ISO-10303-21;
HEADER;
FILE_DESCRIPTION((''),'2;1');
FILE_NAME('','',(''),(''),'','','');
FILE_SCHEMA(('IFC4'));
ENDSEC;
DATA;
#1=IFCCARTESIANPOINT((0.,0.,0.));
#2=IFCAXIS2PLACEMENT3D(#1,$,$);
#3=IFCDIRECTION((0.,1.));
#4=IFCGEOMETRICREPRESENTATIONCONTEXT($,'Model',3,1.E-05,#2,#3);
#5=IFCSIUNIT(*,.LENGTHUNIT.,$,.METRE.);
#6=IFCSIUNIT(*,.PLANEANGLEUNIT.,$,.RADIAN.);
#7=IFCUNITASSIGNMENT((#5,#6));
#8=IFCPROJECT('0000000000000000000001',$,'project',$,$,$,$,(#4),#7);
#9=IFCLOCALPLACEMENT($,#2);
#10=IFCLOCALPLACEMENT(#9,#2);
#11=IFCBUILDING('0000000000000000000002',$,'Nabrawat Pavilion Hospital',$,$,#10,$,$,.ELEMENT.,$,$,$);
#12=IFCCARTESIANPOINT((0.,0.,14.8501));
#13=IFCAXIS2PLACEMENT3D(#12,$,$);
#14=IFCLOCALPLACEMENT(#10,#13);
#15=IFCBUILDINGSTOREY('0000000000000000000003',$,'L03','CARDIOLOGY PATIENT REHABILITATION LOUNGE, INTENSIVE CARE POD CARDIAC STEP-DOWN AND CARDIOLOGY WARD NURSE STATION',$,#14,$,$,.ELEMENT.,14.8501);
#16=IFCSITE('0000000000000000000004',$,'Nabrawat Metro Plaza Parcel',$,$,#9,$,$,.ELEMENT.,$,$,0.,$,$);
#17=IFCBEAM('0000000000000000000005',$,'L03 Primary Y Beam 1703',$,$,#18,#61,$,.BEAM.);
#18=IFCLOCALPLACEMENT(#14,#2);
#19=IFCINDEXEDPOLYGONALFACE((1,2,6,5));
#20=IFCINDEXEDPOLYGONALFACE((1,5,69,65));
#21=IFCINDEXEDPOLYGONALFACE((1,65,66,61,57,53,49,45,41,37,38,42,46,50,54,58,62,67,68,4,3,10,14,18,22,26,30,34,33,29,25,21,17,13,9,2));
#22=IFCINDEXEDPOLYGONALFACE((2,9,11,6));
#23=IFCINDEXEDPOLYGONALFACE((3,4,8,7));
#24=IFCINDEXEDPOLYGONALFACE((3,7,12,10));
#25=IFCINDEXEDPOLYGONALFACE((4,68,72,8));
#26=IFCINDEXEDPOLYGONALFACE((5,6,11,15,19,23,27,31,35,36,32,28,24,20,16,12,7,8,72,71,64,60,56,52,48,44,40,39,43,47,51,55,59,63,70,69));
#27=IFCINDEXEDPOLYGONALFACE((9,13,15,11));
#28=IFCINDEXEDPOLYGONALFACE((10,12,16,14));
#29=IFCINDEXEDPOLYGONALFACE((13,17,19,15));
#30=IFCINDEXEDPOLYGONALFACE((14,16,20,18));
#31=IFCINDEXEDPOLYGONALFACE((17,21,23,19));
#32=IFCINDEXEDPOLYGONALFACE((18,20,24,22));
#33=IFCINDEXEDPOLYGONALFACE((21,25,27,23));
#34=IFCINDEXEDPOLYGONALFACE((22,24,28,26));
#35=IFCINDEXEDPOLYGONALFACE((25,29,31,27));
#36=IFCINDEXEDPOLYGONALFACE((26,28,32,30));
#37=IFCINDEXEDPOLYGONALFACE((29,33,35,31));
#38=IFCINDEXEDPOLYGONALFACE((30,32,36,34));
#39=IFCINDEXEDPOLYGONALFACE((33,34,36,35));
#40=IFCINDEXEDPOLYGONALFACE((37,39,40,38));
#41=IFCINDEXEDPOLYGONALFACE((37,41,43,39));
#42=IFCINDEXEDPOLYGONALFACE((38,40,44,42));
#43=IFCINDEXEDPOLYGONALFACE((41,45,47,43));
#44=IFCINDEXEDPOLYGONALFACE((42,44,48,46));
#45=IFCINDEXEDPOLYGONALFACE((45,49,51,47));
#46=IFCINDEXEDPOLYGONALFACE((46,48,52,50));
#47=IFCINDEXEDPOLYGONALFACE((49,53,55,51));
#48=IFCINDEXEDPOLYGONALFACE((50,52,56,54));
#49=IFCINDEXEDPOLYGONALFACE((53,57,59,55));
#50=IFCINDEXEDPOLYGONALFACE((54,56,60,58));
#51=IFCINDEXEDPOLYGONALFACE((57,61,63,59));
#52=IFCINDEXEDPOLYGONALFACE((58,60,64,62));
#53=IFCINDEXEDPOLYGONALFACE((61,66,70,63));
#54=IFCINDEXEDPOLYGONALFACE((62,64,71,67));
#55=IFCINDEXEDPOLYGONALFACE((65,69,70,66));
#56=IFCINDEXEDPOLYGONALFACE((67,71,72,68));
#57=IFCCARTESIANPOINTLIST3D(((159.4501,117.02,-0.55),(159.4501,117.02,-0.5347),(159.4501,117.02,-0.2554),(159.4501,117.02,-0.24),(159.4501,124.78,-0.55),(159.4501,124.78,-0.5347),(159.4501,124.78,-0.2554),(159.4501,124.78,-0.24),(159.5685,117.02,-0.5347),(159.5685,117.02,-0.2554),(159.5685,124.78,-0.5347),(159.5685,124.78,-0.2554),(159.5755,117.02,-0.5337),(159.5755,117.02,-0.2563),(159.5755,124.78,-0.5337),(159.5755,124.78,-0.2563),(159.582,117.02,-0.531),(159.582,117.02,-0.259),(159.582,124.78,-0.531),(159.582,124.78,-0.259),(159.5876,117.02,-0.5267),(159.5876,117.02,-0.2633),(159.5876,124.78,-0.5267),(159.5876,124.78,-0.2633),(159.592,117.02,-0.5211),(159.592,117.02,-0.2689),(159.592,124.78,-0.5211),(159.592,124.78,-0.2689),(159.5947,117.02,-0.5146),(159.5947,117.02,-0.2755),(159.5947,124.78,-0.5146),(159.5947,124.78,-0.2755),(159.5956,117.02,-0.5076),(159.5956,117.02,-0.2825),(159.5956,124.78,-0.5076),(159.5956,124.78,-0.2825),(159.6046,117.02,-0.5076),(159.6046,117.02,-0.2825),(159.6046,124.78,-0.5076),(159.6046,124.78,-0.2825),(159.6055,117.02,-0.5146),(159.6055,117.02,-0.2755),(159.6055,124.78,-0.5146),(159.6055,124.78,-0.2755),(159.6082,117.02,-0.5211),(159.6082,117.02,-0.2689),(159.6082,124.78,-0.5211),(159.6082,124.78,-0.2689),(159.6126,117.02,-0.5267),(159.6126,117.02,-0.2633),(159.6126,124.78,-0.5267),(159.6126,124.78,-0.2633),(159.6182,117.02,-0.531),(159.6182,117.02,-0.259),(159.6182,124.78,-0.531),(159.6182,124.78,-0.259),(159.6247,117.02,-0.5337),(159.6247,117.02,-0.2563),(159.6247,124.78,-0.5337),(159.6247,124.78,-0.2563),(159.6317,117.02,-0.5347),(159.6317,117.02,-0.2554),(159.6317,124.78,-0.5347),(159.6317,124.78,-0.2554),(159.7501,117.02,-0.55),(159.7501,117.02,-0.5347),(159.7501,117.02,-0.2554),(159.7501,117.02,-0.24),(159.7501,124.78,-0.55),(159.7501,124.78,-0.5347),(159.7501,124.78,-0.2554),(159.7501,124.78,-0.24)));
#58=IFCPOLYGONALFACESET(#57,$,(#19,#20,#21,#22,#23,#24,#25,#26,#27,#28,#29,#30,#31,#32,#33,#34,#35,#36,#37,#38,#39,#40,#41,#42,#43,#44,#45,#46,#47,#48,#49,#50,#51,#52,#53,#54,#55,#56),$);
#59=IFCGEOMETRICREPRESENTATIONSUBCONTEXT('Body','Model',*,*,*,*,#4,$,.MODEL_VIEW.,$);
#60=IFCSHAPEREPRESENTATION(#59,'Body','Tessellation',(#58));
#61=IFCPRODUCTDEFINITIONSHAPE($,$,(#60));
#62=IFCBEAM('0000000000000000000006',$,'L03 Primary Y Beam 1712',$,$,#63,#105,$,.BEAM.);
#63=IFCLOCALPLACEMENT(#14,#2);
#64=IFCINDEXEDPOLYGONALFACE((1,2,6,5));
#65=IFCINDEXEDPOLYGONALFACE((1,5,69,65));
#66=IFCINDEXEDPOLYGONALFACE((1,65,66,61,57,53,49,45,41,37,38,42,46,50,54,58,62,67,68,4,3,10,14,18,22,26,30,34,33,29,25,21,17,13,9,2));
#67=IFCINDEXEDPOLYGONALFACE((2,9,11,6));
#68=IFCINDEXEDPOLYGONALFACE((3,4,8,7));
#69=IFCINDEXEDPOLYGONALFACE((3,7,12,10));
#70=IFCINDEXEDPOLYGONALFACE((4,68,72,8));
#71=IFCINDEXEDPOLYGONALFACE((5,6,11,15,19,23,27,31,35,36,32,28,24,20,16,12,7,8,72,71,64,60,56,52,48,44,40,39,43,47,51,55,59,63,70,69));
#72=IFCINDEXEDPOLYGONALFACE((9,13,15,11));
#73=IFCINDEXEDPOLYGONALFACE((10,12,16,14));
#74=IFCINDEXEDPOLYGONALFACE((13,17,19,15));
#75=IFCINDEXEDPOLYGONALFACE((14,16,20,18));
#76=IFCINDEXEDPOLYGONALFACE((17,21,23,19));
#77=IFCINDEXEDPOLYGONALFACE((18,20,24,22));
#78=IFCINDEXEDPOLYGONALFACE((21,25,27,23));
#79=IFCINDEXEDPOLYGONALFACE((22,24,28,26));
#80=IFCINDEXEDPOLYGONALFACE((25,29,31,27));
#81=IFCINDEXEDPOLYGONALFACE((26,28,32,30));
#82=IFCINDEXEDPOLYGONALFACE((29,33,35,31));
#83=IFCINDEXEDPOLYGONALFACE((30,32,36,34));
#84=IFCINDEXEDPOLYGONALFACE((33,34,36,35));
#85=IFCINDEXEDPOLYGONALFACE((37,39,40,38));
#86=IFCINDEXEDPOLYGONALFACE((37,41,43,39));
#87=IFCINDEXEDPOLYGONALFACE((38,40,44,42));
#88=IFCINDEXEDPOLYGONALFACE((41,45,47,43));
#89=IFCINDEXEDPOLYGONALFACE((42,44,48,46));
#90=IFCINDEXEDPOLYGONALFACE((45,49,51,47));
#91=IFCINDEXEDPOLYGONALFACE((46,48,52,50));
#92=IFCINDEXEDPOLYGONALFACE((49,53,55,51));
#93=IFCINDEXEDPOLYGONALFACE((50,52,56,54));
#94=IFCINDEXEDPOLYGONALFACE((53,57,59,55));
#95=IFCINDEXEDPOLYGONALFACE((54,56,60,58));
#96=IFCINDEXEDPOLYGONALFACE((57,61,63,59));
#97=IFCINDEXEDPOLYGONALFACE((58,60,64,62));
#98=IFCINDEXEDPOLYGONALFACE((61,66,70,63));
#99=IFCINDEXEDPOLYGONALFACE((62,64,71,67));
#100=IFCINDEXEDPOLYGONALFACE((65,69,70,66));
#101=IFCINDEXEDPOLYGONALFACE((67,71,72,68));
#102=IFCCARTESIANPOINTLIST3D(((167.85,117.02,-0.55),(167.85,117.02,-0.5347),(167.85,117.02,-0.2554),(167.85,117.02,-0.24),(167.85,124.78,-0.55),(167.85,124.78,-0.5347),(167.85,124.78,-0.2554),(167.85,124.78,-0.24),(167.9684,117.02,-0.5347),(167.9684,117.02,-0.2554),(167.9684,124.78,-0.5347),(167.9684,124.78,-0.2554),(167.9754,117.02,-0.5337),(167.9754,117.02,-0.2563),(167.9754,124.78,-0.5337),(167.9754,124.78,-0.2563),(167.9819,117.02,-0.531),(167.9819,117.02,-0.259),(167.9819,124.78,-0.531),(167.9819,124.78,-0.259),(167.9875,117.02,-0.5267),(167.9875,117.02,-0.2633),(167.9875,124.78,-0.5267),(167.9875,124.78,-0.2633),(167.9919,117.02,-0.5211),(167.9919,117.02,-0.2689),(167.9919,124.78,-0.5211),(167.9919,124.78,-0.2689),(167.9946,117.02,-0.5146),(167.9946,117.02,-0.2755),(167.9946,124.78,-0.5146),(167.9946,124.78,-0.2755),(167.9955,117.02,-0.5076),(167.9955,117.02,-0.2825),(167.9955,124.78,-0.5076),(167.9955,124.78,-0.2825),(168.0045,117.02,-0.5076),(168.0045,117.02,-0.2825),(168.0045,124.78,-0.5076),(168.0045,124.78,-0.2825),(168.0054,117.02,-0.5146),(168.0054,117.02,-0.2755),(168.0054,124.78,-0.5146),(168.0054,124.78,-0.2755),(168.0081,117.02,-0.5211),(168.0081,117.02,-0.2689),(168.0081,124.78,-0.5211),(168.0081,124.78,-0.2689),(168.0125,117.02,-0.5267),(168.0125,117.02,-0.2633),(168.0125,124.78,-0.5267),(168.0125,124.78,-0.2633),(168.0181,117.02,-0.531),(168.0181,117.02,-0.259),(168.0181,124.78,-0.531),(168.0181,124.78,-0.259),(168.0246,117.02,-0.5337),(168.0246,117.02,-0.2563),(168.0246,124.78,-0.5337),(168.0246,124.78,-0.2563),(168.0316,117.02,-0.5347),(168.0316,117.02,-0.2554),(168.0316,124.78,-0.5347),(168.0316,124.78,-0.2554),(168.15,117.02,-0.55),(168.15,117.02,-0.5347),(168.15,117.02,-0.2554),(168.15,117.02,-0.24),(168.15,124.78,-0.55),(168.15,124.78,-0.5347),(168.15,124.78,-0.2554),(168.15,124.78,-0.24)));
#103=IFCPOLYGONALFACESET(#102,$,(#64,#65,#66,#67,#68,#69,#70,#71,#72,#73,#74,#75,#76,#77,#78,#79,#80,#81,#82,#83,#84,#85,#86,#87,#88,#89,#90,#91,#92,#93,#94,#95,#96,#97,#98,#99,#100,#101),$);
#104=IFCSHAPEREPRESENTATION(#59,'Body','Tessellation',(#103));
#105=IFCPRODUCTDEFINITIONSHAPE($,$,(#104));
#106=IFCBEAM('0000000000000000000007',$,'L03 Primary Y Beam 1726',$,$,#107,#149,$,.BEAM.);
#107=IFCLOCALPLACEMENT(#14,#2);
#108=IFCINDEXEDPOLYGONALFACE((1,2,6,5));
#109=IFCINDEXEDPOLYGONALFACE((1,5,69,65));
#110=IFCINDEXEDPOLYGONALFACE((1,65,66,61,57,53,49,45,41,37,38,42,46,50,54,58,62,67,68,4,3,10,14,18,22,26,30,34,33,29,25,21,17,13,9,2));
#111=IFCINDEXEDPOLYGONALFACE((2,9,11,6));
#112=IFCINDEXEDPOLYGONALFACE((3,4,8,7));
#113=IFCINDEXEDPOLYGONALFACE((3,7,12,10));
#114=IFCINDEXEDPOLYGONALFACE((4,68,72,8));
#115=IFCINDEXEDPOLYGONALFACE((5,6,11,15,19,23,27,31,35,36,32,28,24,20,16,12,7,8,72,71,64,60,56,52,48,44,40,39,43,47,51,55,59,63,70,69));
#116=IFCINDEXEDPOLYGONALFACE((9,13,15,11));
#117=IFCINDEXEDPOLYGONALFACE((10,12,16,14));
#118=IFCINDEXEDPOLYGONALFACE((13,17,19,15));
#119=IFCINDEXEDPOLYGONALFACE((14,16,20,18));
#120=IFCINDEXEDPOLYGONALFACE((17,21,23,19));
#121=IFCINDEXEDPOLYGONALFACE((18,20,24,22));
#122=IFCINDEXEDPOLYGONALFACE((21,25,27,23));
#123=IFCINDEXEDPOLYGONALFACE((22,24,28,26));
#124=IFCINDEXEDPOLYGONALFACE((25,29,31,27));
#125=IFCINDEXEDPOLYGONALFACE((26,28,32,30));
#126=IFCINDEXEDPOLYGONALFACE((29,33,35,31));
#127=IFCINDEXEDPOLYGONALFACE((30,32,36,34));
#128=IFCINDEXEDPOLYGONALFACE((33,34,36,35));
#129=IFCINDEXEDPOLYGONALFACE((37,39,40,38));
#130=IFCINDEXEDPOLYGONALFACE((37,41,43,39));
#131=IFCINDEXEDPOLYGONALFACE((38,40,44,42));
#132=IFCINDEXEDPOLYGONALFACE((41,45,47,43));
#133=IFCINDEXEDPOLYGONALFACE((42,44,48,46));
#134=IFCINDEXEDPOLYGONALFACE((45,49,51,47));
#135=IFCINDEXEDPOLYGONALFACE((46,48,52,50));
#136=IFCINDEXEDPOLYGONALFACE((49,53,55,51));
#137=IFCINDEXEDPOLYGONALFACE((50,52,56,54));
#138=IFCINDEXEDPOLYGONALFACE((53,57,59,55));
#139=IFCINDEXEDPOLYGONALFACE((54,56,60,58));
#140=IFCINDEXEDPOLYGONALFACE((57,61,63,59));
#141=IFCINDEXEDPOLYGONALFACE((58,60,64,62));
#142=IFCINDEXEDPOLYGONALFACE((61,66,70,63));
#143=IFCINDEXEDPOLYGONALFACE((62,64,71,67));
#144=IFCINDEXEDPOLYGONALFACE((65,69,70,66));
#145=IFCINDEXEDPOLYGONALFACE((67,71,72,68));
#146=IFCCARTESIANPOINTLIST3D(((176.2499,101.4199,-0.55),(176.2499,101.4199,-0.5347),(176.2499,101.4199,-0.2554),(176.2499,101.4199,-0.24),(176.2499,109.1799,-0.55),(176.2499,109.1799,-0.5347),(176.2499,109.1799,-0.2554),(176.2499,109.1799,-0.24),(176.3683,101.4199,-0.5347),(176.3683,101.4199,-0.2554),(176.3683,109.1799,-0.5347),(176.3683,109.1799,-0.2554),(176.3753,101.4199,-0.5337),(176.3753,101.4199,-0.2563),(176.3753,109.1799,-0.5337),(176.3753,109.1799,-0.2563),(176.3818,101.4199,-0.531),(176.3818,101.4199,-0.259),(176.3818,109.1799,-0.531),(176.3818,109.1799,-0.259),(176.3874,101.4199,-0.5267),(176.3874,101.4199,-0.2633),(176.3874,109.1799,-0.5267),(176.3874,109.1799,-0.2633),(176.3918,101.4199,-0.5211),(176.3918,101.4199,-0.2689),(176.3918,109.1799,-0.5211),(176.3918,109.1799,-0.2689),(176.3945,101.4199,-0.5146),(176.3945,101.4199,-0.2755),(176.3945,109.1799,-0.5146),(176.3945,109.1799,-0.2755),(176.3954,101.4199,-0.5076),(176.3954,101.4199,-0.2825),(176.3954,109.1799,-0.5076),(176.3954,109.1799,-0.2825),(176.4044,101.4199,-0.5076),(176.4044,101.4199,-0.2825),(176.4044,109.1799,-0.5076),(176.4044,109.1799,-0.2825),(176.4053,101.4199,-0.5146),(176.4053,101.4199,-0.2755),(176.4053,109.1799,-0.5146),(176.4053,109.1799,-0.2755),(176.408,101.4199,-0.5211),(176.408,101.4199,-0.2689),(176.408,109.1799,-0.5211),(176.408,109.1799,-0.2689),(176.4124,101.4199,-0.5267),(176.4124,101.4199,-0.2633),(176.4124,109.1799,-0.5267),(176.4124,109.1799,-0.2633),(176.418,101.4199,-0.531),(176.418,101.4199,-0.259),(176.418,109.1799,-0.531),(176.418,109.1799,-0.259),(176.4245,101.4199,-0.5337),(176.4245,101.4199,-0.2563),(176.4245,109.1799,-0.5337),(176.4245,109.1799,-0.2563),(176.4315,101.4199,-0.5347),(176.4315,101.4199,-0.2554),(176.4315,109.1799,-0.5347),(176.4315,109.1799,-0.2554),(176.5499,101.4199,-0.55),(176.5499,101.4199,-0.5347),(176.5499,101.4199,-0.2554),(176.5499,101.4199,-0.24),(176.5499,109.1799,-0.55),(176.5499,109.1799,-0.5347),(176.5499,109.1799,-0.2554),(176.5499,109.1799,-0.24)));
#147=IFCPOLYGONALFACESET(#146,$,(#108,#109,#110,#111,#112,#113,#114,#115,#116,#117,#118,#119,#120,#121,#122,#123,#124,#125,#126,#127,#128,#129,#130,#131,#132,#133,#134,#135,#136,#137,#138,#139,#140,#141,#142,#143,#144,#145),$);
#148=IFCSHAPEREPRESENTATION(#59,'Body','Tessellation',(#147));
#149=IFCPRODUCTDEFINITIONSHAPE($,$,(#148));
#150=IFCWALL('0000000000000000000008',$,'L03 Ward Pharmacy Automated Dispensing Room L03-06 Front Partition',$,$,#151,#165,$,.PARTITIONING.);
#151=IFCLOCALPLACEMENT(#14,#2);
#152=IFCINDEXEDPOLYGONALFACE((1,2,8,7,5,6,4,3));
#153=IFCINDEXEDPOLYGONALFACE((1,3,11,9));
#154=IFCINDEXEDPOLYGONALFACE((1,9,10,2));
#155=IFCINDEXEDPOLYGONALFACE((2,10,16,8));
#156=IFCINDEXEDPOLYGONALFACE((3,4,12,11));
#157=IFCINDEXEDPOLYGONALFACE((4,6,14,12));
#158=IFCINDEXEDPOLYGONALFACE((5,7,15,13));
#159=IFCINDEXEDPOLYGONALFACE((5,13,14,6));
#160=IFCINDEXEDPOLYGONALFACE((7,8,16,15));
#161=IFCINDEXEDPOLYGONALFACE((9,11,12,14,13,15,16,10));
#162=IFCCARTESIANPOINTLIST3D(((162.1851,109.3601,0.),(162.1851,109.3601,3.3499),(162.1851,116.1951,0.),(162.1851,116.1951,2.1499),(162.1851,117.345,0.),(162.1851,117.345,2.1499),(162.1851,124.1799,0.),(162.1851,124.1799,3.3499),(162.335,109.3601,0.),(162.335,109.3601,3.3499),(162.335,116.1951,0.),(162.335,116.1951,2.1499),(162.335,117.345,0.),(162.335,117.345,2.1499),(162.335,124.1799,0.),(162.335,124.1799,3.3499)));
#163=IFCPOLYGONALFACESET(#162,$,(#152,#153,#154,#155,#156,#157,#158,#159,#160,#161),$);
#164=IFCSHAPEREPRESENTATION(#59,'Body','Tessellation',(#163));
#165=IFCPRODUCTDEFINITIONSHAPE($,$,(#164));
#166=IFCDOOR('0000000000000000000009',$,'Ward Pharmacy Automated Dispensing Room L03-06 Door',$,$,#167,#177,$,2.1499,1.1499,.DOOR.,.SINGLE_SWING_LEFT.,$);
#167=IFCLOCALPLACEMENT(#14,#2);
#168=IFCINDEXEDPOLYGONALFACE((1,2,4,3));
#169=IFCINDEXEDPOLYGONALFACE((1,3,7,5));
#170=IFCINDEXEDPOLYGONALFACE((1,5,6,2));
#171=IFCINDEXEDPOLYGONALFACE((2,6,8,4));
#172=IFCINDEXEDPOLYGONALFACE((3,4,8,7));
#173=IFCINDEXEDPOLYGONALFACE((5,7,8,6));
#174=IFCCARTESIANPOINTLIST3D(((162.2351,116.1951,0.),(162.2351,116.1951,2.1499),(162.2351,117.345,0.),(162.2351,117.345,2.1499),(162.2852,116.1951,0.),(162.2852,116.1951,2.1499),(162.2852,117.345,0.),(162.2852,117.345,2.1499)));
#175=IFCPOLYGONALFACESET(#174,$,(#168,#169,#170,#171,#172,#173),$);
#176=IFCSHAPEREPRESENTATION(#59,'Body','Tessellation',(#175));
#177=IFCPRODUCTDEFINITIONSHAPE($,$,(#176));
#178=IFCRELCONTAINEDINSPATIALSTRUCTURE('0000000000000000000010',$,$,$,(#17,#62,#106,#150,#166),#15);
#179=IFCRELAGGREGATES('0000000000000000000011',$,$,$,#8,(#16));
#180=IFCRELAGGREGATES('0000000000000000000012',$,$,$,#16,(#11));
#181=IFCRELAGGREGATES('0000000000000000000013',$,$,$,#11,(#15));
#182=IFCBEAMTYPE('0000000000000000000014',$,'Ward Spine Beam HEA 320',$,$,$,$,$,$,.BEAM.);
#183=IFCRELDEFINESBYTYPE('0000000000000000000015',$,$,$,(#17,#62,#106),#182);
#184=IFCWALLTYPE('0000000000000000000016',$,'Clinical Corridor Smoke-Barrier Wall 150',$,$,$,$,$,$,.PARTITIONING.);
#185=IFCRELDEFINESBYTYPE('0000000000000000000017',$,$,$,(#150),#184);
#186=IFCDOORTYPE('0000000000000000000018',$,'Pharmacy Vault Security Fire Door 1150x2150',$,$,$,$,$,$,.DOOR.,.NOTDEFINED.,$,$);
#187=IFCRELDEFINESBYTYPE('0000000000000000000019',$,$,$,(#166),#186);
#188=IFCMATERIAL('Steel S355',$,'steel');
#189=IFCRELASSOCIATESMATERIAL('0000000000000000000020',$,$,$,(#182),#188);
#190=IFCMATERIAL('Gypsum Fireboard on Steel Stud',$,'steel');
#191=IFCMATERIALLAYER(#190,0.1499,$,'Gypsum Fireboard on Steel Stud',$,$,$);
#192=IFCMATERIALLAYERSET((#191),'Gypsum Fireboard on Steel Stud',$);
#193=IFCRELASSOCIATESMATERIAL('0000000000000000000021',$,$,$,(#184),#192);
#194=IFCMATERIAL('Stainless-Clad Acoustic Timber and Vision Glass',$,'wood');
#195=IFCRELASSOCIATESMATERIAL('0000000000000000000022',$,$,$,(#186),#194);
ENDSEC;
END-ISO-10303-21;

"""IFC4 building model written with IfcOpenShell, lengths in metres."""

from ifc_helpers import new_model, si_unit, direction, frame, frame_2d, origin, origin_2d, place, context, subcontext, project, spatial, rectangle, i_section, extrude, material, layer, layer_set, material_profile, profile_set, type_object, element, fill, save


model = new_model("IFC4")

# Units and contexts
model_context = context("Model", 3, precision=1e-05, world=origin(), true_north=direction((0.0, 1.0)))
body_context = subcontext(model_context, "Body", "Model", "MODEL_VIEW")
ifc_project = project(units=[si_unit("LENGTHUNIT", "METRE"), si_unit("PLANEANGLEUNIT", "RADIAN")], contexts=[model_context])

# Site, building, storey
site_placement = place(None, origin())
site = spatial("IfcSite", under=ifc_project, at=site_placement, Name="Nabrawat Metro Plaza Parcel", CompositionType="ELEMENT", RefElevation=0.0)
building_placement = place(site_placement, origin())
building = spatial("IfcBuilding", under=site, at=building_placement, Name="Nabrawat Pavilion Hospital", CompositionType="ELEMENT")
storey_placement = place(building_placement, frame((0.0, 0.0, 14.8501)))
storey = spatial("IfcBuildingStorey", under=building, at=storey_placement, Name="L03", Description="CARDIOLOGY PATIENT REHABILITATION LOUNGE, INTENSIVE CARE POD CARDIAC STEP-DOWN AND CARDIOLOGY WARD NURSE STATION", CompositionType="ELEMENT", Elevation=14.8501)

# Shared definitions
ifc_material_1 = material(Name="Steel S355", Category="steel")

# Beams
ifc_material_profile_1 = material_profile(ifc_material_1, i_section(OverallWidth=0.3, OverallDepth=0.3101, WebThickness=0.009, FlangeThickness=0.0154, FilletRadius=0.0271, at=origin_2d()), Name="HEA 320")
ifc_profile_set_1 = profile_set([ifc_material_profile_1], Name="Steel S355")
beam_type_1 = type_object("IfcBeamType", Name="Ward Spine Beam HEA 320", PredefinedType="BEAM", material=ifc_profile_set_1)
for number, where, z_axis, x_axis, name in (
    (1, (159.6001, 117.02, -0.395), (0.0, 1.0, 0.0), (-1.0, 0.0, 0.0), "L03 Primary Y Beam 1703"),
    (2, (168.0, 117.02, -0.395), (0.0, 1.0, 0.0), (-1.0, 0.0, 0.0), "L03 Primary Y Beam 1712"),
    (3, (176.3999, 101.4199, -0.395), (0.0, 1.0, 0.0), (-1.0, 0.0, 0.0), "L03 Primary Y Beam 1726"),
):
    element("IfcBeam", number, at=place(storey_placement, frame(where, z_axis=z_axis, x_axis=x_axis)), inside=storey, type_object=beam_type_1, Name=name, PredefinedType="BEAM", context=body_context, shape_type="SweptSolid", body=[
        extrude(i_section(OverallWidth=0.3, OverallDepth=0.3101, WebThickness=0.009, FlangeThickness=0.0154, FilletRadius=0.0271, at=origin_2d()), origin(), (0.0, 0.0, 1.0), 7.76),
    ])

# Wall, opening, door
ifc_material_2 = material(Name="Gypsum Fireboard on Steel Stud", Category="steel")
ifc_layer_1 = layer(ifc_material_2, 0.1499, Name="Gypsum Fireboard on Steel Stud")
ifc_layer_set_1 = layer_set([ifc_layer_1], Name="Gypsum Fireboard on Steel Stud")
wall_type_1 = type_object("IfcWallType", Name="Clinical Corridor Smoke-Barrier Wall 150", PredefinedType="PARTITIONING", material=ifc_layer_set_1)
wall_1_placement = place(storey_placement, frame((162.26, 109.3601, 0.0), z_axis=(0.0, 0.0, 1.0), x_axis=(0.0, 1.0, 0.0)))
wall_1 = element("IfcWall", 4, at=wall_1_placement, inside=storey, type_object=wall_type_1, Name="L03 Ward Pharmacy Automated Dispensing Room L03-06 Front Partition", PredefinedType="PARTITIONING", context=body_context, shape_type="SweptSolid", body=[
    extrude(rectangle(XDim=14.8198, YDim=0.1499, at=frame_2d((7.4099, 0.0))), origin(), (0.0, 0.0, 1.0), 3.3499),
])
opening_1_placement = place(wall_1_placement, frame((6.835, 0.0, 0.0)))
opening_1 = element("IfcOpeningElement", 5, at=opening_1_placement, cuts=wall_1, PredefinedType="OPENING", context=body_context, shape_type="SweptSolid", body=[
    extrude(rectangle(XDim=1.1499, YDim=2.1499, at=frame_2d((0.575, 1.075))), frame((0.0, 0.085, 0.0), z_axis=(0.0, -1.0, 0.0), x_axis=(1.0, 0.0, 0.0)), (0.0, 0.0, 1.0), 0.1699),
])
ifc_material_3 = material(Name="Stainless-Clad Acoustic Timber and Vision Glass", Category="wood")
door_type_1 = type_object("IfcDoorType", Name="Pharmacy Vault Security Fire Door 1150x2150", OperationType="NOTDEFINED", PredefinedType="DOOR", material=ifc_material_3)
door_1_placement = place(opening_1_placement, origin())
door_1 = element("IfcDoor", 6, at=door_1_placement, inside=storey, type_object=door_type_1, Name="Ward Pharmacy Automated Dispensing Room L03-06 Door", OperationType="SINGLE_SWING_LEFT", OverallHeight=2.1499, OverallWidth=1.1499, PredefinedType="DOOR", context=body_context, shape_type="SweptSolid", body=[
    extrude(rectangle(XDim=1.1499, YDim=2.1499, at=frame_2d((0.575, 1.075))), frame((0.0, 0.0249, 0.0), z_axis=(0.0, -1.0, 0.0), x_axis=(1.0, 0.0, 0.0)), (0.0, 0.0, 1.0), 0.05),
])
fill(opening_1, door_1)

save(model, "model.ifc")
